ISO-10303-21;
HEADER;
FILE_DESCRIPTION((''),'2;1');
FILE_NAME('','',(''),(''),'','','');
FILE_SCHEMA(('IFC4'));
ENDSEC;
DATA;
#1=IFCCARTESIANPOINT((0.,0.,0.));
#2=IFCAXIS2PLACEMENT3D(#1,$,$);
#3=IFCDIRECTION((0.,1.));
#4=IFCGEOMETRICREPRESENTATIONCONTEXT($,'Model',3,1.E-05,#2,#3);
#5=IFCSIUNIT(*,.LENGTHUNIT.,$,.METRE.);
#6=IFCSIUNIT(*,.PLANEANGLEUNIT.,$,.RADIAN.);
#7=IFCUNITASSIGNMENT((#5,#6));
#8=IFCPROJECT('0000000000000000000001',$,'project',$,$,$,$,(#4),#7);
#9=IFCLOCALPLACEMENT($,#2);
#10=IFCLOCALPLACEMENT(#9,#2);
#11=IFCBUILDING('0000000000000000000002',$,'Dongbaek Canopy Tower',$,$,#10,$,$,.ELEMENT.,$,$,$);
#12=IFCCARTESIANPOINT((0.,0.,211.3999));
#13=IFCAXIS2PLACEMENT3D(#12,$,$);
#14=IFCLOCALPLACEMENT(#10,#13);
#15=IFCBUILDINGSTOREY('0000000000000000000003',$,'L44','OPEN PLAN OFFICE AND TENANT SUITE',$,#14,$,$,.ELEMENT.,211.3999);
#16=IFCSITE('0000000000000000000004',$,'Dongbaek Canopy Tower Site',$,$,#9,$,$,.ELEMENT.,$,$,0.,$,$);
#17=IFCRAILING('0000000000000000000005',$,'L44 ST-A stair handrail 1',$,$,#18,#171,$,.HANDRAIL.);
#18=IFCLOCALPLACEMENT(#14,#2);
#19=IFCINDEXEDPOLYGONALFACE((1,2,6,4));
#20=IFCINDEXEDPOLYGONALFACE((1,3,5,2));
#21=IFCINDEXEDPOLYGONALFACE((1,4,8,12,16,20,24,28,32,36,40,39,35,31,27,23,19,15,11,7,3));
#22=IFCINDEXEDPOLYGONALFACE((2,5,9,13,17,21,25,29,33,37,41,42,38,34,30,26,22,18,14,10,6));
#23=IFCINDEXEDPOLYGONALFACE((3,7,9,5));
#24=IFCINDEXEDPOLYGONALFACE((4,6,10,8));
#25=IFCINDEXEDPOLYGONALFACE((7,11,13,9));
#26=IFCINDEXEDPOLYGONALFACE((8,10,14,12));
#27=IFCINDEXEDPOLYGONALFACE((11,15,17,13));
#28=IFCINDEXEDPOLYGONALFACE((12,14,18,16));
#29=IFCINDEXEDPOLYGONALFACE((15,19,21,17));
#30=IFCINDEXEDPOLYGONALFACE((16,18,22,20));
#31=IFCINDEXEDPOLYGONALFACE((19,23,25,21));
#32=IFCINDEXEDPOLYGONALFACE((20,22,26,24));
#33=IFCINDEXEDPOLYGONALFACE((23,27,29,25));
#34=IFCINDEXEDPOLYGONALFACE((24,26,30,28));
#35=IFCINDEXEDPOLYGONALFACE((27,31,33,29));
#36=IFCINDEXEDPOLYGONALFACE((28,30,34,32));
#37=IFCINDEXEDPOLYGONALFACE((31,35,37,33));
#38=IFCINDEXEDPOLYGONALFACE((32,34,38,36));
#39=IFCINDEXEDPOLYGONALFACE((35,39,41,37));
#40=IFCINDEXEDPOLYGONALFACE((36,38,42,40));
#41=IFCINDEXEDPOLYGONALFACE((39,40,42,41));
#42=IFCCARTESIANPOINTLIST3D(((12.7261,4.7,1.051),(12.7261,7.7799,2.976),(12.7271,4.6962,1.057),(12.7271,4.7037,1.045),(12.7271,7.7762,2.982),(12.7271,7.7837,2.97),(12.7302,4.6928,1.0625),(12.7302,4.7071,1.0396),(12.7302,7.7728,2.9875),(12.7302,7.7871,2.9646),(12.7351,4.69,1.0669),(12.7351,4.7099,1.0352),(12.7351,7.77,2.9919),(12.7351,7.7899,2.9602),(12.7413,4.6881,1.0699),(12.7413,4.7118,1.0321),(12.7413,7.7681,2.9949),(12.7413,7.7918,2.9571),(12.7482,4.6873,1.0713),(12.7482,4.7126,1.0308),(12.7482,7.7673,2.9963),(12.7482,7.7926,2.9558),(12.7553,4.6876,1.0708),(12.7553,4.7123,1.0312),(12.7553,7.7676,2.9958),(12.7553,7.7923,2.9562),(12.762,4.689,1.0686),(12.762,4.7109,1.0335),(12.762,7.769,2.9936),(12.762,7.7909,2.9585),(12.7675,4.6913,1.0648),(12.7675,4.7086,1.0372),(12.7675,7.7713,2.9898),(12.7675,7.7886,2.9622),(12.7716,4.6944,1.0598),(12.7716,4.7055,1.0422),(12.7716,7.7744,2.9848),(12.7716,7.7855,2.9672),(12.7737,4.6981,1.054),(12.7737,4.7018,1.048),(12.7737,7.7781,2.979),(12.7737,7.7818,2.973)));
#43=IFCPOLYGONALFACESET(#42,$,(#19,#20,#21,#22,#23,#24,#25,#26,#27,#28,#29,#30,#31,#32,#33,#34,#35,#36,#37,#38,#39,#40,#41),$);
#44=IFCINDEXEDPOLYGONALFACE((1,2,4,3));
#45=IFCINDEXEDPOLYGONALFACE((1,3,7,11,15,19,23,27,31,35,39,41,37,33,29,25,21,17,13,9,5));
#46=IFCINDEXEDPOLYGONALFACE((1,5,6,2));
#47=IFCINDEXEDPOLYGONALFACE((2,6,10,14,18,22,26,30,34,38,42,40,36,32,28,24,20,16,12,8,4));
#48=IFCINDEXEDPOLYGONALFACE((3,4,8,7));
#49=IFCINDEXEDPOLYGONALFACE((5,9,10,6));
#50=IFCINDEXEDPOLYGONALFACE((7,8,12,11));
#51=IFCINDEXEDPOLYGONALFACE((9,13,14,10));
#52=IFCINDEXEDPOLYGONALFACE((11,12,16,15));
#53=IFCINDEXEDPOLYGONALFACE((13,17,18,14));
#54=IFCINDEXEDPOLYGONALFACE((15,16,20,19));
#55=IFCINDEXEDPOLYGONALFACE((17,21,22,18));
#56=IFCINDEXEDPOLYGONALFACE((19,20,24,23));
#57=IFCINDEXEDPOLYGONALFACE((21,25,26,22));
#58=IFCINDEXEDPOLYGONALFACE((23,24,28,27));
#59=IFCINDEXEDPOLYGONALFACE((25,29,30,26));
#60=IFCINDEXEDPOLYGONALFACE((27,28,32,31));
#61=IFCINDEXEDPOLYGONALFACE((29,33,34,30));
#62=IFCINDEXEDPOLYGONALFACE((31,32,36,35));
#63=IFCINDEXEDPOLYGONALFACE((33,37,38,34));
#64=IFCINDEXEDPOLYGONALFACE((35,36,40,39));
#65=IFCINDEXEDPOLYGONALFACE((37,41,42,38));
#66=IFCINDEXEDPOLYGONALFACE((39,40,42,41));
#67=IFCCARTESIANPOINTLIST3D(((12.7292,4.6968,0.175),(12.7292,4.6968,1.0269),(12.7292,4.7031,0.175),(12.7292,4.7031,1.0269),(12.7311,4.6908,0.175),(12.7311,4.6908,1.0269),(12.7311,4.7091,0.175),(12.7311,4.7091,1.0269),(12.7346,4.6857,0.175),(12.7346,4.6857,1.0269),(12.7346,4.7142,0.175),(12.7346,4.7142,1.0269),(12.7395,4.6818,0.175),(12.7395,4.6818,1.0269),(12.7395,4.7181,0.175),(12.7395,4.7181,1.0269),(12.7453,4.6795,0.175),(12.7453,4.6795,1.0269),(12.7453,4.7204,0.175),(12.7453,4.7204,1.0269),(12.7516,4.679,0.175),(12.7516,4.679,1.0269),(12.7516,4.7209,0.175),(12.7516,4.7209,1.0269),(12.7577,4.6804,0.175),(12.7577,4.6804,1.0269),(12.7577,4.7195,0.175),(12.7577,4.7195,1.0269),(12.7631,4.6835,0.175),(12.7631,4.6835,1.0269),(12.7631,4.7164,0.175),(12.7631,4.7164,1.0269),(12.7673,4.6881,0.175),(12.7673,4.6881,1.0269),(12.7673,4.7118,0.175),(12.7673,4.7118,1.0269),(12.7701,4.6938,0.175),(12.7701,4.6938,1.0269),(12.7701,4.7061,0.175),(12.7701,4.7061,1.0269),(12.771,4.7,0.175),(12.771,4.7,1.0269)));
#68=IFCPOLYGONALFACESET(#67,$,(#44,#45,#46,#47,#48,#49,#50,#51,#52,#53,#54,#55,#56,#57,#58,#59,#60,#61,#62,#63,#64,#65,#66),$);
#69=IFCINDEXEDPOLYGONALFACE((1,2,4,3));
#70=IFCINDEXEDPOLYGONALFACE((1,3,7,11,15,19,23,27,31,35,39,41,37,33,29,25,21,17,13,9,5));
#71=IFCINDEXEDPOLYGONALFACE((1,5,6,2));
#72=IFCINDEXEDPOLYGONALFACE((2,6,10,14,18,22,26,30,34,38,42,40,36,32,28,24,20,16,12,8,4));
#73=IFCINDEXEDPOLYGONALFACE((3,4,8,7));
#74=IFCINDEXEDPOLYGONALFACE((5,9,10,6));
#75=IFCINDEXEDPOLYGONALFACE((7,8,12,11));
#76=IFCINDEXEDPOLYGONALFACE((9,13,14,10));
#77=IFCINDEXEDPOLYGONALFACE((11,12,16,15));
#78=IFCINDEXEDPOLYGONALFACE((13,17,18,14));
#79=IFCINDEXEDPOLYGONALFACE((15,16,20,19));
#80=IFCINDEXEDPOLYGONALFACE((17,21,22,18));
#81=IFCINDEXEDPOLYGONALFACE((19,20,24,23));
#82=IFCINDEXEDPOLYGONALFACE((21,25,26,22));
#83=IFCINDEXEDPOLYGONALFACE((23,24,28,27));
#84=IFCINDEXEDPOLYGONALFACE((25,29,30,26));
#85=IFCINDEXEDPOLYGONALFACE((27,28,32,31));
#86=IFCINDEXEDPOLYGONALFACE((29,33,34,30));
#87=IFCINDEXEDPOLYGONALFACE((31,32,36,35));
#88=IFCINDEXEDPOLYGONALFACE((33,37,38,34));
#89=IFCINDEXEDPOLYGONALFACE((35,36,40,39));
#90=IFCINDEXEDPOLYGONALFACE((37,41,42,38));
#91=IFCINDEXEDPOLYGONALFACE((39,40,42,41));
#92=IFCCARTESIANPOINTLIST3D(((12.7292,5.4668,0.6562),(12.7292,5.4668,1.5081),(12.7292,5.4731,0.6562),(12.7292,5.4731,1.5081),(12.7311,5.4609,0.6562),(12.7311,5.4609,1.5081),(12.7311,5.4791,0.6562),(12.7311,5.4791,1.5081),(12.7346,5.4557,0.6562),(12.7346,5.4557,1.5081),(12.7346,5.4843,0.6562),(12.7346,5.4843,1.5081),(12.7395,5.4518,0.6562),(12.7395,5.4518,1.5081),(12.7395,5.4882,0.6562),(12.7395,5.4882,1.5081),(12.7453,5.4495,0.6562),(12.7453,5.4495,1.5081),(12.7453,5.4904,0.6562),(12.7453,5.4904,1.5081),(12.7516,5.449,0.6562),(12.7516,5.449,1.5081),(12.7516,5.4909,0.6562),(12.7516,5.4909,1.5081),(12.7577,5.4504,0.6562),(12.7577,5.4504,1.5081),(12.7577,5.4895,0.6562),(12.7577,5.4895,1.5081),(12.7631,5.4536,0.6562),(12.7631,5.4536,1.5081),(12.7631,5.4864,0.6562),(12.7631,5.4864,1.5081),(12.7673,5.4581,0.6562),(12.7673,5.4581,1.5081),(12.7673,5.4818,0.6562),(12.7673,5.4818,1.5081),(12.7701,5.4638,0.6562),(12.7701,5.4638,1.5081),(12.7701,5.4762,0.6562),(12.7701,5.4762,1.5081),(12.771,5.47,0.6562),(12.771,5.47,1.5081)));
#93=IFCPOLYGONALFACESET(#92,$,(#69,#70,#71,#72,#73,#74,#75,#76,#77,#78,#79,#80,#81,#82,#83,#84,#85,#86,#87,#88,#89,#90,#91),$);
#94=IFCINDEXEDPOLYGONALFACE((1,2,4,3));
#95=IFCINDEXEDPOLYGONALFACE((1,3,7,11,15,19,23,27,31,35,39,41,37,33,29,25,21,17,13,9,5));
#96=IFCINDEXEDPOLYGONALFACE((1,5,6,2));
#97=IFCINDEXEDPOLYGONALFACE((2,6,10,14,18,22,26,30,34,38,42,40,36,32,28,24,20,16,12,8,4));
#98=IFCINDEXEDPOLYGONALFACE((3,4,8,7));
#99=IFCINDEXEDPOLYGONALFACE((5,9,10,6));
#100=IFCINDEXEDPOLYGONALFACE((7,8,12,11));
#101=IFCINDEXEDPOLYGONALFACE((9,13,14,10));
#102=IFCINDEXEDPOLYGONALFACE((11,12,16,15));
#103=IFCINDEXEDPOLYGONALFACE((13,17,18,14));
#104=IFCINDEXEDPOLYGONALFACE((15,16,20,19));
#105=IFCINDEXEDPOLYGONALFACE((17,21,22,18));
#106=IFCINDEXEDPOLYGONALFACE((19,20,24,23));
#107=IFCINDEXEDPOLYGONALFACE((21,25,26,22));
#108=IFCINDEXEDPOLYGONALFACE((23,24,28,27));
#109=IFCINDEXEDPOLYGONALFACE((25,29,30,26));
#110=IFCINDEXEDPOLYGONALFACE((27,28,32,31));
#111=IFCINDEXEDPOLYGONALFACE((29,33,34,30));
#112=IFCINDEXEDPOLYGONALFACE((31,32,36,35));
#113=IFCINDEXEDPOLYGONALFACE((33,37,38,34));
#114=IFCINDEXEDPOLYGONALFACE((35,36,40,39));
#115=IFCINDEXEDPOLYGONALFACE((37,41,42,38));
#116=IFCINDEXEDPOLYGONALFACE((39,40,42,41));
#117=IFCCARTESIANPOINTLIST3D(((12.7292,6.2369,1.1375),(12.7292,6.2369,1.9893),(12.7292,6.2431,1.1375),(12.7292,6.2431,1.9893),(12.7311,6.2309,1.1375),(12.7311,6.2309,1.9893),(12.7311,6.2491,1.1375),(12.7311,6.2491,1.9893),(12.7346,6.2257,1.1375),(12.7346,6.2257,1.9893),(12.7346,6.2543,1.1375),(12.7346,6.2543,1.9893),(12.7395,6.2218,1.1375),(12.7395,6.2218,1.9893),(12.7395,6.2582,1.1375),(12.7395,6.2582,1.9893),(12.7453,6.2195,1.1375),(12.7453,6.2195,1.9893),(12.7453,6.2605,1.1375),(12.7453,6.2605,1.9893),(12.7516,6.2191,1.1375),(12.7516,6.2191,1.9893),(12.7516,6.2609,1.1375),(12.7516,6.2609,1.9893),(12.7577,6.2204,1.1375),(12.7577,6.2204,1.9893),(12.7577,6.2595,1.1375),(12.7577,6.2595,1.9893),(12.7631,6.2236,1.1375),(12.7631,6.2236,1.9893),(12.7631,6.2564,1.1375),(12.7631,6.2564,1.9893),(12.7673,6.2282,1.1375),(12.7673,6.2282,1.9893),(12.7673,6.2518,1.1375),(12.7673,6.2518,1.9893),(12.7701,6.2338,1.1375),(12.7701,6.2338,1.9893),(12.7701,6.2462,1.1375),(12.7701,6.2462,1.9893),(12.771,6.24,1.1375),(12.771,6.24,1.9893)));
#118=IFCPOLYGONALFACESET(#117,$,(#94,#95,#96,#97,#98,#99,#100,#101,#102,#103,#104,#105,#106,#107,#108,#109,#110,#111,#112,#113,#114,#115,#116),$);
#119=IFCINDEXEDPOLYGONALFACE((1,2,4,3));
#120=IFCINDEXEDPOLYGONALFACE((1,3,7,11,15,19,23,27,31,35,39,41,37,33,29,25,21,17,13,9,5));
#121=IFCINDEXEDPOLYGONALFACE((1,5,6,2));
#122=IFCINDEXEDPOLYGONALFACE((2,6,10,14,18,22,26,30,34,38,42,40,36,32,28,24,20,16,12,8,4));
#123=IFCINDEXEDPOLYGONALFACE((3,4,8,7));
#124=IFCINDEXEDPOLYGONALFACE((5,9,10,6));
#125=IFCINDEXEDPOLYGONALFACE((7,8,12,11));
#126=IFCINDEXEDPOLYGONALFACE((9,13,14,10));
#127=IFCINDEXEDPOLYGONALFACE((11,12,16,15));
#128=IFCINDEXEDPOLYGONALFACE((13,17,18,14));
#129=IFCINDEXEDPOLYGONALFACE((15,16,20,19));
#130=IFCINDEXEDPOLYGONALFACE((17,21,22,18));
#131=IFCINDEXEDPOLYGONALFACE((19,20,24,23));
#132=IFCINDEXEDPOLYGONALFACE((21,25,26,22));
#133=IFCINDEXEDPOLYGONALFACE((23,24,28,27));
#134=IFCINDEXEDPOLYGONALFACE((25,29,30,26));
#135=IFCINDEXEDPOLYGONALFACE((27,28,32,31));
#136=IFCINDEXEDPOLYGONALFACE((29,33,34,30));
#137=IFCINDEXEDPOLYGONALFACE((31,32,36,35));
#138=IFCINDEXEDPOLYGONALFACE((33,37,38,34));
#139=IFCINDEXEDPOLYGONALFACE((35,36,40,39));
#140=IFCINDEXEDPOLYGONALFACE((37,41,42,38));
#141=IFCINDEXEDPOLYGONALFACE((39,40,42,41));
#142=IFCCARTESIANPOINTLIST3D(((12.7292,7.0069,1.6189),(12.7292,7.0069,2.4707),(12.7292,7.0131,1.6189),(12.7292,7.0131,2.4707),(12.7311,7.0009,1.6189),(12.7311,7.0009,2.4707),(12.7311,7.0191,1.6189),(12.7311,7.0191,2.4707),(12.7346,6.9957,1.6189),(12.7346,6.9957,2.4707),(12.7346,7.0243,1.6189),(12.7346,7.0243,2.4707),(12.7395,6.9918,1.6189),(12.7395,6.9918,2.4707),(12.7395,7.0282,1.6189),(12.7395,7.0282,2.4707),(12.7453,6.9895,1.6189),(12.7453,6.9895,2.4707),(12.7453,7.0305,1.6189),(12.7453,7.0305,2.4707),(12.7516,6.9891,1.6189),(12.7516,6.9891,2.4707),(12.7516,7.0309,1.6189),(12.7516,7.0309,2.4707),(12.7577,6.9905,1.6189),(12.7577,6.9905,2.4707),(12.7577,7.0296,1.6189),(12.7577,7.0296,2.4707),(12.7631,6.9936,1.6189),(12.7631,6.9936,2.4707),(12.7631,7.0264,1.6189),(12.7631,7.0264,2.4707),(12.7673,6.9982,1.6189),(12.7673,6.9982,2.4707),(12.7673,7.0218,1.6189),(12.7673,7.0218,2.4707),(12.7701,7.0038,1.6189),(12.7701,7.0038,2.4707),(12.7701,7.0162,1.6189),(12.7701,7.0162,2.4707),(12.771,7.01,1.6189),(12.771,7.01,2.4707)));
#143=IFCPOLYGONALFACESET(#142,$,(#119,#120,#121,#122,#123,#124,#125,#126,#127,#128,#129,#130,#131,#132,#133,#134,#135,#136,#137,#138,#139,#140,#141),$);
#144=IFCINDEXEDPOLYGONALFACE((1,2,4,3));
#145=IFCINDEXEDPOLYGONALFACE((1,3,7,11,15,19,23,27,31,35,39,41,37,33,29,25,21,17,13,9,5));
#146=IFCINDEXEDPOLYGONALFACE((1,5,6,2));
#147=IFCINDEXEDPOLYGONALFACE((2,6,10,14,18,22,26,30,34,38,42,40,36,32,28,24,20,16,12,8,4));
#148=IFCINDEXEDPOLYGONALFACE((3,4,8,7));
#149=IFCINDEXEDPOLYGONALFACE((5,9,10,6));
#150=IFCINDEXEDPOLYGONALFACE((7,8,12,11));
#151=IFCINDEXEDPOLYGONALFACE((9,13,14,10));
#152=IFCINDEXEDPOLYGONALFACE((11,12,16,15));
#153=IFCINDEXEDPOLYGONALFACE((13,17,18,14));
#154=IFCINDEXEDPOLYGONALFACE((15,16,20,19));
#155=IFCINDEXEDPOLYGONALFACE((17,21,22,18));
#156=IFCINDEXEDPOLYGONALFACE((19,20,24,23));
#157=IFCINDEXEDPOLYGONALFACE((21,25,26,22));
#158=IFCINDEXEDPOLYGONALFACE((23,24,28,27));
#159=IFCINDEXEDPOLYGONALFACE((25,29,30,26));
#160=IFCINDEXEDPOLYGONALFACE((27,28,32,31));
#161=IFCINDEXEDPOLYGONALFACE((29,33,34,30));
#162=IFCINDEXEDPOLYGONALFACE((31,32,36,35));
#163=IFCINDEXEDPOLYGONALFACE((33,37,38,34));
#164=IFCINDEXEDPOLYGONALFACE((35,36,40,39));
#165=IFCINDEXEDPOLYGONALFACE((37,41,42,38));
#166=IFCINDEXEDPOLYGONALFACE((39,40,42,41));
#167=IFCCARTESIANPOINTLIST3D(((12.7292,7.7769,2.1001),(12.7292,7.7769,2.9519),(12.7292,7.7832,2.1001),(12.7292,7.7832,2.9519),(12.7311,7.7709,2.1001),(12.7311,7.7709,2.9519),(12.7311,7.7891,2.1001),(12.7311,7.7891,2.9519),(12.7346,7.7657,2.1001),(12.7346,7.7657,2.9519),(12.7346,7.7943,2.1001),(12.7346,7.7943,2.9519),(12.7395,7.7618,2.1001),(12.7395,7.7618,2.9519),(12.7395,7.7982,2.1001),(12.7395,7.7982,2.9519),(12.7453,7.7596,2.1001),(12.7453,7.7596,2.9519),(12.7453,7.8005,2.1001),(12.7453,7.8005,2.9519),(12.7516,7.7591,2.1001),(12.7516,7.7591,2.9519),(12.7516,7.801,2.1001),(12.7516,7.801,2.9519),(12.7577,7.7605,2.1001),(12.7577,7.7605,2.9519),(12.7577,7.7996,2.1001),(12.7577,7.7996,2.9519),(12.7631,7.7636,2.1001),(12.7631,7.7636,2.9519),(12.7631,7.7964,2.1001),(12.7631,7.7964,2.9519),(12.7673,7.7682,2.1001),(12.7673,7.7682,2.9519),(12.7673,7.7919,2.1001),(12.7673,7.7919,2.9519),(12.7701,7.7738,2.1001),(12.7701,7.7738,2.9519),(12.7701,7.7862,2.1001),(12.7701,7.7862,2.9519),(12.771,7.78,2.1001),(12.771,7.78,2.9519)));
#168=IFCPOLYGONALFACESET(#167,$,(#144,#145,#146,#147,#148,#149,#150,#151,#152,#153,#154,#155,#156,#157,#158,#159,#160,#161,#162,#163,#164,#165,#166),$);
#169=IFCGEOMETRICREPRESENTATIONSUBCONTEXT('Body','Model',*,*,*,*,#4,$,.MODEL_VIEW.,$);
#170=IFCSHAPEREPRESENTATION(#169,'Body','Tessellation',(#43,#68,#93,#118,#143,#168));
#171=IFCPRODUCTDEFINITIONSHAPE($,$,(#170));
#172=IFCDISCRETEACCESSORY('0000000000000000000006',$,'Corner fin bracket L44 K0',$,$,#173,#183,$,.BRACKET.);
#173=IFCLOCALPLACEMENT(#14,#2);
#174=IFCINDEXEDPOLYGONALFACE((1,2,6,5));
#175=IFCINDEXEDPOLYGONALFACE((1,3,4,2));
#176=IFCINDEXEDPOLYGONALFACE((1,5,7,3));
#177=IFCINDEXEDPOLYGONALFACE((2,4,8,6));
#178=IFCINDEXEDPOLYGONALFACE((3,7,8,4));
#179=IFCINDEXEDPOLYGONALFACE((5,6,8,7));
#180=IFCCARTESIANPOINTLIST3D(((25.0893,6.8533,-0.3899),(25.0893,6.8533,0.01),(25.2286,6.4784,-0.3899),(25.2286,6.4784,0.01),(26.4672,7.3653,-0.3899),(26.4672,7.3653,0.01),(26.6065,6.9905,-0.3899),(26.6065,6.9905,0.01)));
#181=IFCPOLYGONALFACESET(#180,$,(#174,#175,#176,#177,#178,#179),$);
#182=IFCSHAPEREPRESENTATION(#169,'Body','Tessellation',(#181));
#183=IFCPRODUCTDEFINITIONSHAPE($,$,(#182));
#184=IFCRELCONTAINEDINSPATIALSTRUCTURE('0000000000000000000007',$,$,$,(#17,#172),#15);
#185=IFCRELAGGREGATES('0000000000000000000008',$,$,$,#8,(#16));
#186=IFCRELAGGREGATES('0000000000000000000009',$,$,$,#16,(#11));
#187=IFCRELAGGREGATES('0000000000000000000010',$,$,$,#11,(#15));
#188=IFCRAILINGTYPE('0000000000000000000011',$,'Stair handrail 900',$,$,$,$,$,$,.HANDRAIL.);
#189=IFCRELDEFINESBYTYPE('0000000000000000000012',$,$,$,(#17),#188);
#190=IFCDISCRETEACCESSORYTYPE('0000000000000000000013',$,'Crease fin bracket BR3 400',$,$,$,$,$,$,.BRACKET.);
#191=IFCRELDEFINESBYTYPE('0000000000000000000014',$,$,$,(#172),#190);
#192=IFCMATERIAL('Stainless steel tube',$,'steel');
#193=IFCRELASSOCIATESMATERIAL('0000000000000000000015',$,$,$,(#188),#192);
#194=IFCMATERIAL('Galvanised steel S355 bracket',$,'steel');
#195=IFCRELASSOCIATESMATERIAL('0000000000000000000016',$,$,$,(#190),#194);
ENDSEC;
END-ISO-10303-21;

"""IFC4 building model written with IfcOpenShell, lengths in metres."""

from ifc_helpers import new_model, si_unit, direction, frame, origin, origin_2d, place, context, subcontext, project, spatial, rectangle, circle, extrude, material, type_object, element, save


model = new_model("IFC4")

# Units and contexts
model_context = context("Model", 3, precision=1e-05, world=origin(), true_north=direction((0.0, 1.0)))
body_context = subcontext(model_context, "Body", "Model", "MODEL_VIEW")
ifc_project = project(units=[si_unit("LENGTHUNIT", "METRE"), si_unit("PLANEANGLEUNIT", "RADIAN")], contexts=[model_context])

# Site, building, storey
site_placement = place(None, origin())
site = spatial("IfcSite", under=ifc_project, at=site_placement, Name="Dongbaek Canopy Tower Site", CompositionType="ELEMENT", RefElevation=0.0)
building_placement = place(site_placement, origin())
building = spatial("IfcBuilding", under=site, at=building_placement, Name="Dongbaek Canopy Tower", CompositionType="ELEMENT")
storey_placement = place(building_placement, frame((0.0, 0.0, 211.3999)))
storey = spatial("IfcBuildingStorey", under=building, at=storey_placement, Name="L44", Description="OPEN PLAN OFFICE AND TENANT SUITE", CompositionType="ELEMENT", Elevation=211.3999)

# Railing
ifc_material_1 = material(Name="Stainless steel tube", Category="steel")
railing_type = type_object("IfcRailingType", Name="Stair handrail 900", PredefinedType="HANDRAIL", material=ifc_material_1)
railing_placement = place(storey_placement, frame((12.75, 4.7, 0.175)))
element("IfcRailing", 1, at=railing_placement, inside=storey, type_object=railing_type, Name="L44 ST-A stair handrail 1", PredefinedType="HANDRAIL", context=body_context, shape_type="SweptSolid", body=[
    extrude(circle(Radius=0.0239, at=origin_2d()), frame((0.0, 0.0, 0.876), z_axis=(0.0, 0.847998, 0.529999), x_axis=(-1.0, 0.0, 0.0)), (0.0, 0.0, 1.0), 3.6321),
    extrude(circle(Radius=0.021, at=origin_2d()), origin(), (0.0, 0.0, 1.0), 0.8518),
    extrude(circle(Radius=0.021, at=origin_2d()), frame((0.0, 0.77, 0.4812)), (0.0, 0.0, 1.0), 0.8518),
    extrude(circle(Radius=0.021, at=origin_2d()), frame((0.0, 1.54, 0.9624)), (0.0, 0.0, 1.0), 0.8518),
    extrude(circle(Radius=0.021, at=origin_2d()), frame((0.0, 2.3101, 1.4438)), (0.0, 0.0, 1.0), 0.8518),
    extrude(circle(Radius=0.021, at=origin_2d()), frame((0.0, 3.0801, 1.925)), (0.0, 0.0, 1.0), 0.8518),
])

# Discrete accessory
ifc_material_2 = material(Name="Galvanised steel S355 bracket", Category="steel")
discrete_accessory_type = type_object("IfcDiscreteAccessoryType", Name="Crease fin bracket BR3 400", PredefinedType="BRACKET", material=ifc_material_2)
discrete_accessory_placement = place(storey_placement, frame((25.8479, 6.9219, -0.3899), z_axis=(0.0, 0.0, 1.0), x_axis=(0.937367, 0.348343, 0.0)))
element("IfcDiscreteAccessory", 2, at=discrete_accessory_placement, inside=storey, type_object=discrete_accessory_type, Name="Corner fin bracket L44 K0", PredefinedType="BRACKET", context=body_context, shape_type="SweptSolid", body=[
    extrude(rectangle(XDim=1.47, YDim=0.3999, at=origin_2d()), origin(), (0.0, 0.0, 1.0), 0.3999),
])

save(model, "model.ifc")
